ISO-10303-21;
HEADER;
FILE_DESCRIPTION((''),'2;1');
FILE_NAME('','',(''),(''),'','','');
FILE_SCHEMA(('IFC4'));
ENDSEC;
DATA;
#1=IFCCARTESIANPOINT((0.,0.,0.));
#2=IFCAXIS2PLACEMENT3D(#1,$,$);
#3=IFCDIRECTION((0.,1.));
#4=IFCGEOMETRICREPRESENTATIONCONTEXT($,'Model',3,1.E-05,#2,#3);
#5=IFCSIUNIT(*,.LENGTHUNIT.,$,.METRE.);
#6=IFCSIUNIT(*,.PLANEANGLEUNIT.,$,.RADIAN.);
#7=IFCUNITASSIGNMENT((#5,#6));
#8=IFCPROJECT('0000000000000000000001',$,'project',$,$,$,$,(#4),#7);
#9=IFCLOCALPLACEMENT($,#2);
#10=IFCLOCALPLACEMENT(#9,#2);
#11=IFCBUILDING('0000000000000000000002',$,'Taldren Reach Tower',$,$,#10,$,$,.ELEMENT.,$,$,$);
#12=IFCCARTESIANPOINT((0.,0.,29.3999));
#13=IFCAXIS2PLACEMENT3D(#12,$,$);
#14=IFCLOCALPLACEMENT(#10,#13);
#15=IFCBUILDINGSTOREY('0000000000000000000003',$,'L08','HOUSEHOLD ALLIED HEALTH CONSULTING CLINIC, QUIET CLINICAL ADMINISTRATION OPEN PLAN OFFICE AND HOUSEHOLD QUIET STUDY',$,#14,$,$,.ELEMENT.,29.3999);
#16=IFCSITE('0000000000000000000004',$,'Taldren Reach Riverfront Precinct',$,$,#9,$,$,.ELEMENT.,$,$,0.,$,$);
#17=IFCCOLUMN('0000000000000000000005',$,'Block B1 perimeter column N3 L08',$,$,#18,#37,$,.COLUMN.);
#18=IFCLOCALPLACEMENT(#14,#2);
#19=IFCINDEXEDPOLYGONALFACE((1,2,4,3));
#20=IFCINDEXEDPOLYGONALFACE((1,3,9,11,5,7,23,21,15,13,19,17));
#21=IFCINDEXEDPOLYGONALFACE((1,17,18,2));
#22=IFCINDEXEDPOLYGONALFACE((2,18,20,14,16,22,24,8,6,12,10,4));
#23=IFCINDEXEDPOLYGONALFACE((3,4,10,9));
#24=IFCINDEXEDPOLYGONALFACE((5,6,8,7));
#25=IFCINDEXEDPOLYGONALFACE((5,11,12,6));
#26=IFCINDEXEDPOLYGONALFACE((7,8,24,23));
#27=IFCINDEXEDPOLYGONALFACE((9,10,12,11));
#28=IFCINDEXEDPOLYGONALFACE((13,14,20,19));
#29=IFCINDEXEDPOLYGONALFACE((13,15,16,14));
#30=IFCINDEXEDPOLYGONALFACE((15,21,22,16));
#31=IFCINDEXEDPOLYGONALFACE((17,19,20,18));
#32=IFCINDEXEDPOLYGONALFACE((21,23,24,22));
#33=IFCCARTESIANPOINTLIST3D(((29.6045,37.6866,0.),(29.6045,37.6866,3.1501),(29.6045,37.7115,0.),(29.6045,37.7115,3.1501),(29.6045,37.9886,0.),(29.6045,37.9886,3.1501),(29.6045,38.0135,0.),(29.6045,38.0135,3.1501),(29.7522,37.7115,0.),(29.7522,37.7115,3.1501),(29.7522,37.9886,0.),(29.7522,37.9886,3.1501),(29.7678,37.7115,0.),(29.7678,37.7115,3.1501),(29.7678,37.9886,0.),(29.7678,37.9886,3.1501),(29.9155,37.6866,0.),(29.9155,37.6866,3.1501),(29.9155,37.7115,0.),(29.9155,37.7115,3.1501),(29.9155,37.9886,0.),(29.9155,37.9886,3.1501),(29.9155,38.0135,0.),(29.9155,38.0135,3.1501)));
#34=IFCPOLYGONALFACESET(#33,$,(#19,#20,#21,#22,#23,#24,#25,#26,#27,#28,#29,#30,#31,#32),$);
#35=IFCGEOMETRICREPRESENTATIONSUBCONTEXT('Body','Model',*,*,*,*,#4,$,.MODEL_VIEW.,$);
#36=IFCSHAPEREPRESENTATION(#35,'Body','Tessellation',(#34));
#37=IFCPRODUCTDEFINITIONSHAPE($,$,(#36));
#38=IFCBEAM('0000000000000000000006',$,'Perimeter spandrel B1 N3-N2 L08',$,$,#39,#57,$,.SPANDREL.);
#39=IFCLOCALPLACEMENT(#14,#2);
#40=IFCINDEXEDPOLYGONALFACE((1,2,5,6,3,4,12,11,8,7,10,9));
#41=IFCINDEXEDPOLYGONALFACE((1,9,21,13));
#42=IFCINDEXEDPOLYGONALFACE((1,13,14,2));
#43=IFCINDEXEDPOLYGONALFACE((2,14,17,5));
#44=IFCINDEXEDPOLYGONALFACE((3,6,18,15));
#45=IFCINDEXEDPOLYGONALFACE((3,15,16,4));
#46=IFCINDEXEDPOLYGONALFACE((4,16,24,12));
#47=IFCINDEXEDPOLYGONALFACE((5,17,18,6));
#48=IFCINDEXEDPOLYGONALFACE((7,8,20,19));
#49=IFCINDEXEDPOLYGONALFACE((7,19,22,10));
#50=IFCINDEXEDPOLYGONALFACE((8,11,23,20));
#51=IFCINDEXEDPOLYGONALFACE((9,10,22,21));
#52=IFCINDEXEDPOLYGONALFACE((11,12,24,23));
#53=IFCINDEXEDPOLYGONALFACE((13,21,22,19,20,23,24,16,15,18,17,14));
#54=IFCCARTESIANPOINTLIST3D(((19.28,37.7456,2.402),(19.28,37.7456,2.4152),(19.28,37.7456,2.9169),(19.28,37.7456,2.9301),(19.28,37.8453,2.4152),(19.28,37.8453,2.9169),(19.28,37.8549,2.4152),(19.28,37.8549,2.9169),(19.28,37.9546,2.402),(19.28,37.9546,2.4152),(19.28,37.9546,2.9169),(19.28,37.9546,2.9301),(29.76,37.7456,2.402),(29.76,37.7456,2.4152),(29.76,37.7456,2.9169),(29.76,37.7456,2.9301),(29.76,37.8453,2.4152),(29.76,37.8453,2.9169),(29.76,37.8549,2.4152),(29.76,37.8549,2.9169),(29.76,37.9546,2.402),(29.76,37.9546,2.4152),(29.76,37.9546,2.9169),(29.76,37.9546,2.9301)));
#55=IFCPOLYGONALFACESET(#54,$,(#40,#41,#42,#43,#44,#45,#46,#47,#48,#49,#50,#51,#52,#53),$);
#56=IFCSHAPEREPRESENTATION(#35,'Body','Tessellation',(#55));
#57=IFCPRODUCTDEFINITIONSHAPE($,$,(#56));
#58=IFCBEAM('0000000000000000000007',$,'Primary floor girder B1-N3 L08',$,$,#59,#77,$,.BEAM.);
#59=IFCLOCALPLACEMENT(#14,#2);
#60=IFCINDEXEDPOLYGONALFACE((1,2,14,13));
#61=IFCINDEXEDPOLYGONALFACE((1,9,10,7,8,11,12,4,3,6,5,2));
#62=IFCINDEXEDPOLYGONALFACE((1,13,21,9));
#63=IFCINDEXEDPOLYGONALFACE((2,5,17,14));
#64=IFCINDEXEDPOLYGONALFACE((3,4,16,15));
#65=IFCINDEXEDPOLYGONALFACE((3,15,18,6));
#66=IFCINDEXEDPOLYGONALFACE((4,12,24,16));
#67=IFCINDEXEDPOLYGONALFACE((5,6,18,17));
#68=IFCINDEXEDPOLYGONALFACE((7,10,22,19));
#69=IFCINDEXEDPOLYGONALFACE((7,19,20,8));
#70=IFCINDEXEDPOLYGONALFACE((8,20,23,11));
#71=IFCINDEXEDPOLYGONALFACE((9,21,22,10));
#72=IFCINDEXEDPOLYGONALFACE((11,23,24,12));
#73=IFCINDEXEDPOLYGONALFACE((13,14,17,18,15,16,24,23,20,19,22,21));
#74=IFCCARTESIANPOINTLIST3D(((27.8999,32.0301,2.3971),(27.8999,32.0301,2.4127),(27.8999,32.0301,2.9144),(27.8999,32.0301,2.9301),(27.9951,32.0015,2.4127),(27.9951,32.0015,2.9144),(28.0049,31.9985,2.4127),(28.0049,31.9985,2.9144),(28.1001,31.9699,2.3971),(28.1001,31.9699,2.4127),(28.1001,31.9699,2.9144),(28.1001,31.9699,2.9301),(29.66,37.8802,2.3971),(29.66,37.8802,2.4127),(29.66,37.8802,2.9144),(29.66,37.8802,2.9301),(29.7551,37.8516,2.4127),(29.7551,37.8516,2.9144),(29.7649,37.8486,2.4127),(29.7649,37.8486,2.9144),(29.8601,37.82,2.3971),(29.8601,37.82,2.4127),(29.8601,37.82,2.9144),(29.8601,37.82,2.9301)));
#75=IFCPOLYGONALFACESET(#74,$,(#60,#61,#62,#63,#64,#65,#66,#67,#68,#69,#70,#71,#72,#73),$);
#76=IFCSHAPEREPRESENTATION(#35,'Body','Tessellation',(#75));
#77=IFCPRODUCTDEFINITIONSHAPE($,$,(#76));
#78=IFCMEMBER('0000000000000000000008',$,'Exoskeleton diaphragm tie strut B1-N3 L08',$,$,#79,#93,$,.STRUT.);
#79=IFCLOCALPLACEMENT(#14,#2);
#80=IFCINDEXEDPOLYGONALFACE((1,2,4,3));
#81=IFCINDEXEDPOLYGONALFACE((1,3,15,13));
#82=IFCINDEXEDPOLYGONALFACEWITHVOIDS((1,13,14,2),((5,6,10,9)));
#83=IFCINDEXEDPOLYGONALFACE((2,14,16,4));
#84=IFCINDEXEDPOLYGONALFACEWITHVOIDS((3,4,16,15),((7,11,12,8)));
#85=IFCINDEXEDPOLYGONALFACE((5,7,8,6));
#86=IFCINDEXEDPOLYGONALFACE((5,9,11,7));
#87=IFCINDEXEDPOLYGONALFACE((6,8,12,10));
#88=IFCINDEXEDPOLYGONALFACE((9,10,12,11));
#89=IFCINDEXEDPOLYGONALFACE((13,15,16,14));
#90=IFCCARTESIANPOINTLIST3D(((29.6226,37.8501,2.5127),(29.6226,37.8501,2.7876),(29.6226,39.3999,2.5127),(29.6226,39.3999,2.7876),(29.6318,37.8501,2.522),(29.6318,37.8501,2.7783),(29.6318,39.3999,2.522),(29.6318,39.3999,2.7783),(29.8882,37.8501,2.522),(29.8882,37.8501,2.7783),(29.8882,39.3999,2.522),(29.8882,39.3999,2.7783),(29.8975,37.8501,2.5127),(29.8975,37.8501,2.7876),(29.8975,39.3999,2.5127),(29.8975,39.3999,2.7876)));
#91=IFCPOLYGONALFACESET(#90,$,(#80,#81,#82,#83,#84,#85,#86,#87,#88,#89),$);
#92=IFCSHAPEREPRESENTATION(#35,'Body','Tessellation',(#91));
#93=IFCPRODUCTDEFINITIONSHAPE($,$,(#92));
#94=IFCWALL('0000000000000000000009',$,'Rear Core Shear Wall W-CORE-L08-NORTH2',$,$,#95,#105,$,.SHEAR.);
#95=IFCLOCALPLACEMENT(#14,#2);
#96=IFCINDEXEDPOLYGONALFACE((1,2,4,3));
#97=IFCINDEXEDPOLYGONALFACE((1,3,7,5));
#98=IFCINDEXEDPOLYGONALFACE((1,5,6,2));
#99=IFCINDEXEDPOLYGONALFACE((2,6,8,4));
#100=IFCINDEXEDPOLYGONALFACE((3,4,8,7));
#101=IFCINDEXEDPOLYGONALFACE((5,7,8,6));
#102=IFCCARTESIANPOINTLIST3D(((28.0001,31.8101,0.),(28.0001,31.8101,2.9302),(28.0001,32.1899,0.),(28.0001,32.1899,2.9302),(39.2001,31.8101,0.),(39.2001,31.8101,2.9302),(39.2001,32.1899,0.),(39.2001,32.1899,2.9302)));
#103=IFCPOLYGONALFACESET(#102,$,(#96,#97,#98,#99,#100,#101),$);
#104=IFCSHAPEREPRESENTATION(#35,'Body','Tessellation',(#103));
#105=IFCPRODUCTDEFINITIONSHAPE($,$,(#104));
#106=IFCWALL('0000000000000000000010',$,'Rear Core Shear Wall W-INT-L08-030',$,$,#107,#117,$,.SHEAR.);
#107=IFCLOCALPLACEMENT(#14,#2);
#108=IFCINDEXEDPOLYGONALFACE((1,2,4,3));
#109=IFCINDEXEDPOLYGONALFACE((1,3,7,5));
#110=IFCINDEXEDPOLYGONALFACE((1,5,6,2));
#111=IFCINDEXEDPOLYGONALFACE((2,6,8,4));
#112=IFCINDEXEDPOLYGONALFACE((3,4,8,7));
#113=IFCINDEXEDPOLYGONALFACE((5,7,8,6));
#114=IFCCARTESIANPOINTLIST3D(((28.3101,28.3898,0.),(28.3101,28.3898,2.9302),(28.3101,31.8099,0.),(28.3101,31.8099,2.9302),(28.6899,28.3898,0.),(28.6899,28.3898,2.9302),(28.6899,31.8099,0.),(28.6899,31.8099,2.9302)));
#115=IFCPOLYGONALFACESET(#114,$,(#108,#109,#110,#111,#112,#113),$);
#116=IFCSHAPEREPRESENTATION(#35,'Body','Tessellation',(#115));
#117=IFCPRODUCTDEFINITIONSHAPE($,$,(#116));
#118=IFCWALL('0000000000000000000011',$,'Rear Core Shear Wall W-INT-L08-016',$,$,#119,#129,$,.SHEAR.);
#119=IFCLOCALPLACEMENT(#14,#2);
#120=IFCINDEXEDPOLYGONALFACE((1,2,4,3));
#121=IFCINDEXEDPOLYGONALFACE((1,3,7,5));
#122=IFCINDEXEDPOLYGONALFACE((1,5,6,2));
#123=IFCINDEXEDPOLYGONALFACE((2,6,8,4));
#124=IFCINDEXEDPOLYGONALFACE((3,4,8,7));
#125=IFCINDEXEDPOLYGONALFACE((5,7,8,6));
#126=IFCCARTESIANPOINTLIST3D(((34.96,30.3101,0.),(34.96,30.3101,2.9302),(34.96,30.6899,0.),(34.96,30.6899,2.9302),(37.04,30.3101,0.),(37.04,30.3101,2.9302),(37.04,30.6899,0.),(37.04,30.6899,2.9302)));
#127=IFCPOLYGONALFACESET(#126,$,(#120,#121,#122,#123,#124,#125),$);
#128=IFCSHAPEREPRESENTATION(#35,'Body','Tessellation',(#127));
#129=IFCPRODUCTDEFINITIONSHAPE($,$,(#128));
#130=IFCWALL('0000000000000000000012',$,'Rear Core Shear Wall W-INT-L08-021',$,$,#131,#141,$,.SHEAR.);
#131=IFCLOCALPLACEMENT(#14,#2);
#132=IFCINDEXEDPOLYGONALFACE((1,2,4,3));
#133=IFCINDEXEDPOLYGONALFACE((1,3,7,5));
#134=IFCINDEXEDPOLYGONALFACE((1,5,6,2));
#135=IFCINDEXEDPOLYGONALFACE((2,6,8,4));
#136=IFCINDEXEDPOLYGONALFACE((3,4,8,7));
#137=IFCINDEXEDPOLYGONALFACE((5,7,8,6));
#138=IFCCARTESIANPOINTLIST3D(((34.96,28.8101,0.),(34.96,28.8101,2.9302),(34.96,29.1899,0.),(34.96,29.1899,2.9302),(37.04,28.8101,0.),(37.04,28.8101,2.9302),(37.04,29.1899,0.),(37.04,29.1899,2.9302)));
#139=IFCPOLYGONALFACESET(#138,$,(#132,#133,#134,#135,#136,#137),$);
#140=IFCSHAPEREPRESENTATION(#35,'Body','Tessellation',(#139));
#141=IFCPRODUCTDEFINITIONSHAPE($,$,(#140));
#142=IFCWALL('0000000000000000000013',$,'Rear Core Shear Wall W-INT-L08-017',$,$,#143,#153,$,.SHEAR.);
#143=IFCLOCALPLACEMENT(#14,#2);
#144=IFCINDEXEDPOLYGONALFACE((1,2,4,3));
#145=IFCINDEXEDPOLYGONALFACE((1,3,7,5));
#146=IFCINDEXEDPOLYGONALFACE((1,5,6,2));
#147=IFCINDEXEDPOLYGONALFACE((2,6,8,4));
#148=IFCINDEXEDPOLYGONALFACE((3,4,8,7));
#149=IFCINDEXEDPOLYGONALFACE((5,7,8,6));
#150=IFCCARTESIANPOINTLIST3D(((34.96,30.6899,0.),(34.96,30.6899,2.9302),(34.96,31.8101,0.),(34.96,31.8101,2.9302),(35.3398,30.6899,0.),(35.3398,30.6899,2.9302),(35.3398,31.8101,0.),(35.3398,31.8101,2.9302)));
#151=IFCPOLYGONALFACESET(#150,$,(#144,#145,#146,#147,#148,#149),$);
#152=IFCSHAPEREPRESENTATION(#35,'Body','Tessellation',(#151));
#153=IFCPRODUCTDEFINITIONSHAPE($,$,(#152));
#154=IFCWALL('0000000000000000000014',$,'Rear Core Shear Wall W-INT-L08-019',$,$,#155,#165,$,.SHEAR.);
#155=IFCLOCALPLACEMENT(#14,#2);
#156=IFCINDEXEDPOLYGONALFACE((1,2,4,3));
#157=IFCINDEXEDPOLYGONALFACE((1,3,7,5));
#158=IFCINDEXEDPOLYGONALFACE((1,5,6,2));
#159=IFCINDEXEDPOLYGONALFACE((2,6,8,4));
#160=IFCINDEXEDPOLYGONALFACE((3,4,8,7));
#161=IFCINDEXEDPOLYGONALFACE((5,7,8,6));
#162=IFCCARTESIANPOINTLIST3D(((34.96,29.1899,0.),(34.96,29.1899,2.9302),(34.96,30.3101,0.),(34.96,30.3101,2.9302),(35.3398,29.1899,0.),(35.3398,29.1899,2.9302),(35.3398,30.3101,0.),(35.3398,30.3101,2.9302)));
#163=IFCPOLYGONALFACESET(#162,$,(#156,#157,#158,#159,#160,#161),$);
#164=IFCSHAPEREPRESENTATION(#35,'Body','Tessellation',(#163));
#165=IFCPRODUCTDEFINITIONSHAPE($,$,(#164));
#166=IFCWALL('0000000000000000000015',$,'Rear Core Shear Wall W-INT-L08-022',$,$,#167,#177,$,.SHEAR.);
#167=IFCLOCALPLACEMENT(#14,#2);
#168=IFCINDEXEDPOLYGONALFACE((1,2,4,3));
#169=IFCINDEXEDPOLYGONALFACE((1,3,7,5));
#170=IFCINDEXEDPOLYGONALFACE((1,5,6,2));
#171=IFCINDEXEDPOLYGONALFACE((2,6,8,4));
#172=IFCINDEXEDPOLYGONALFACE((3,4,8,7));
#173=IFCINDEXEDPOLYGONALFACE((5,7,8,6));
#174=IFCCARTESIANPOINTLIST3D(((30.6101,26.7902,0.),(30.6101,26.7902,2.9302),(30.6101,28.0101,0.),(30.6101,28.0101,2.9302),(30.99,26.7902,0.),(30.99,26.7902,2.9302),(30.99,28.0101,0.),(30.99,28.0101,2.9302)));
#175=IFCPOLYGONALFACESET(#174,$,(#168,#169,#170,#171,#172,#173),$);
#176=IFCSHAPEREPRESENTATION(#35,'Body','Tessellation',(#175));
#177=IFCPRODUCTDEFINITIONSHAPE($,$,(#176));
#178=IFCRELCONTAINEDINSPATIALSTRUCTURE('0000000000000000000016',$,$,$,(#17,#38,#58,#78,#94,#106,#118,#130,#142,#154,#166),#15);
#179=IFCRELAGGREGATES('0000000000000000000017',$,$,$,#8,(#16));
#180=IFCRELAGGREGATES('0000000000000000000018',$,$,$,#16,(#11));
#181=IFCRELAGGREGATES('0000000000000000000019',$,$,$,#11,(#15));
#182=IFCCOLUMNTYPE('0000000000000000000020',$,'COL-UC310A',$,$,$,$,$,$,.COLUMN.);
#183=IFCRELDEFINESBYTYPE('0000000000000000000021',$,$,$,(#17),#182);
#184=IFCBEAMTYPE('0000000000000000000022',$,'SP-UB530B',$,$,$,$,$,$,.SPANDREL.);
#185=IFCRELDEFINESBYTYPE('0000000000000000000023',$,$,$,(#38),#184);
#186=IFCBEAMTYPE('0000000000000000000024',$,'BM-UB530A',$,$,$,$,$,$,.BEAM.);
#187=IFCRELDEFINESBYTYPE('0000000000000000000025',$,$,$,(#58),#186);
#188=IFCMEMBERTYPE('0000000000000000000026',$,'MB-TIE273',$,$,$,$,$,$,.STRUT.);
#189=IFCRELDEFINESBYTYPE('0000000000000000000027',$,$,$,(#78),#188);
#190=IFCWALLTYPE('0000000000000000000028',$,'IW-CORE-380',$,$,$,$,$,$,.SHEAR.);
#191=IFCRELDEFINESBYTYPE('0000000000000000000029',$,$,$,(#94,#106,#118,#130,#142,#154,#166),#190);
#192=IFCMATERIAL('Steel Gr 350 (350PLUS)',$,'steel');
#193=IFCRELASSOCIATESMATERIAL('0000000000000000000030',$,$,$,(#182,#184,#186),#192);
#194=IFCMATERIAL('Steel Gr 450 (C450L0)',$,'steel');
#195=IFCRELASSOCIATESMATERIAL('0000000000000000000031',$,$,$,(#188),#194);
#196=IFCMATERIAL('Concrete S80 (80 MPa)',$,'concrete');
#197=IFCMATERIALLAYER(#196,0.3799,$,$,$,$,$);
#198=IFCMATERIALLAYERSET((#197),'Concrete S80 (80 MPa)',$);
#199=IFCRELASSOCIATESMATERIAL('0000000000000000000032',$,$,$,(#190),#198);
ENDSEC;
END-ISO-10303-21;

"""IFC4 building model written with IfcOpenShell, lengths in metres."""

from ifc_helpers import new_model, si_unit, direction, frame, frame_2d, origin, origin_2d, place, context, subcontext, project, spatial, rectangle, hollow_rectangle, i_section, extrude, source, transform, mapped, material, layer, layer_set, material_profile, profile_set, type_object, element, save


model = new_model("IFC4")

# Units and contexts
model_context = context("Model", 3, precision=1e-05, world=origin(), true_north=direction((0.0, 1.0)))
body_context = subcontext(model_context, "Body", "Model", "MODEL_VIEW")
ifc_project = project(units=[si_unit("LENGTHUNIT", "METRE"), si_unit("PLANEANGLEUNIT", "RADIAN")], contexts=[model_context])

# Site, building, storey
site_placement = place(None, origin())
site = spatial("IfcSite", under=ifc_project, at=site_placement, Name="Taldren Reach Riverfront Precinct", CompositionType="ELEMENT", RefElevation=0.0)
building_placement = place(site_placement, origin())
building = spatial("IfcBuilding", under=site, at=building_placement, Name="Taldren Reach Tower", CompositionType="ELEMENT")
storey_placement = place(building_placement, frame((0.0, 0.0, 29.3999)))
storey = spatial("IfcBuildingStorey", under=building, at=storey_placement, Name="L08", Description="HOUSEHOLD ALLIED HEALTH CONSULTING CLINIC, QUIET CLINICAL ADMINISTRATION OPEN PLAN OFFICE AND HOUSEHOLD QUIET STUDY", CompositionType="ELEMENT", Elevation=29.3999)

# Column
ifc_material_1 = material(Name="Steel Gr 350 (350PLUS)", Category="steel")
ifc_material_profile_1 = material_profile(ifc_material_1, i_section(OverallWidth=0.311, OverallDepth=0.3269, WebThickness=0.0156, FlangeThickness=0.0249, at=origin_2d()), Name="310UC158")
ifc_profile_set_1 = profile_set([ifc_material_profile_1], Name="Steel Gr 350 (350PLUS)")
column_type = type_object("IfcColumnType", Name="COL-UC310A", PredefinedType="COLUMN", material=ifc_profile_set_1)
shared_shape_1 = source(origin(), body_context, "Body", "SweptSolid", [
    extrude(i_section(OverallWidth=0.311, OverallDepth=0.3269, WebThickness=0.0156, FlangeThickness=0.0249, at=origin_2d()), origin(), (0.0, 0.0, 1.0), 3.1501),
])
column_placement = place(storey_placement, frame((29.76, 37.8501, 0.0), z_axis=(0.0, 0.0, 1.0), x_axis=(1.0, 0.0, 0.0)))
element("IfcColumn", 1, at=column_placement, inside=storey, type_object=column_type, Name="Block B1 perimeter column N3 L08", PredefinedType="COLUMN", context=body_context, shape_type="MappedRepresentation", body=[
    mapped(shared_shape_1, transform((0.0, 0.0, 0.0), scale=1.0)),
])

# Beams
ifc_material_profile_2 = material_profile(ifc_material_1, i_section(OverallWidth=0.209, OverallDepth=0.5281, WebThickness=0.0095, FlangeThickness=0.0132, at=origin_2d()), Name="530UB82.0")
ifc_profile_set_2 = profile_set([ifc_material_profile_2], Name="Steel Gr 350 (350PLUS)")
beam_type_1 = type_object("IfcBeamType", Name="SP-UB530B", PredefinedType="SPANDREL", material=ifc_profile_set_2)
shared_shape_2 = source(origin(), body_context, "Body", "SweptSolid", [
    extrude(i_section(OverallWidth=0.209, OverallDepth=0.5281, WebThickness=0.0095, FlangeThickness=0.0132, at=origin_2d()), origin(), (0.0, 0.0, 1.0), 10.48),
])
beam_1_placement = place(storey_placement, frame((29.76, 37.8501, 2.666), z_axis=(-1.0, 0.0, 0.0), x_axis=(0.0, -1.0, 0.0)))
element("IfcBeam", 2, at=beam_1_placement, inside=storey, type_object=beam_type_1, Name="Perimeter spandrel B1 N3-N2 L08", PredefinedType="SPANDREL", context=body_context, shape_type="MappedRepresentation", body=[
    mapped(shared_shape_2, transform((0.0, 0.0, 0.0), scale=1.0)),
])
ifc_material_profile_3 = material_profile(ifc_material_1, i_section(OverallWidth=0.209, OverallDepth=0.533, WebThickness=0.0103, FlangeThickness=0.0156, at=origin_2d()), Name="530UB92.4")
ifc_profile_set_3 = profile_set([ifc_material_profile_3], Name="Steel Gr 350 (350PLUS)")
beam_type_2 = type_object("IfcBeamType", Name="BM-UB530A", PredefinedType="BEAM", material=ifc_profile_set_3)
shared_shape_3 = source(origin(), body_context, "Body", "SweptSolid", [
    extrude(i_section(OverallWidth=0.209, OverallDepth=0.533, WebThickness=0.0103, FlangeThickness=0.0156, at=origin_2d()), origin(), (0.0, 0.0, 1.0), 6.1091),
])
beam_2_placement = place(storey_placement, frame((28.0, 32.0, 2.6636), z_axis=(0.288096, 0.957602, 0.0), x_axis=(-0.957602, 0.288096, 0.0)))
element("IfcBeam", 3, at=beam_2_placement, inside=storey, type_object=beam_type_2, Name="Primary floor girder B1-N3 L08", PredefinedType="BEAM", context=body_context, shape_type="MappedRepresentation", body=[
    mapped(shared_shape_3, transform((0.0, 0.0, 0.0), scale=1.0)),
])

# Member
ifc_material_2 = material(Name="Steel Gr 450 (C450L0)", Category="steel")
ifc_material_profile_4 = material_profile(ifc_material_2, hollow_rectangle(XDim=0.2749, YDim=0.2749, WallThickness=0.0093, at=origin_2d()), Name="275x275x9.3SHS")
ifc_profile_set_4 = profile_set([ifc_material_profile_4], Name="Steel Gr 450 (C450L0)")
member_type = type_object("IfcMemberType", Name="MB-TIE273", PredefinedType="STRUT", material=ifc_profile_set_4)
shared_shape_4 = source(origin(), body_context, "Body", "SweptSolid", [
    extrude(hollow_rectangle(XDim=0.2749, YDim=0.2749, WallThickness=0.0093, at=origin_2d()), origin(), (0.0, 0.0, 1.0), 1.5498),
])
member_placement = place(storey_placement, frame((29.76, 37.8501, 2.6501), z_axis=(0.0, 1.0, 0.0), x_axis=(-1.0, 0.0, 0.0)))
element("IfcMember", 4, at=member_placement, inside=storey, type_object=member_type, Name="Exoskeleton diaphragm tie strut B1-N3 L08", PredefinedType="STRUT", context=body_context, shape_type="MappedRepresentation", body=[
    mapped(shared_shape_4, transform((0.0, 0.0, 0.0), scale=1.0)),
])

# Walls
ifc_material_3 = material(Name="Concrete S80 (80 MPa)", Category="concrete")
ifc_layer_1 = layer(ifc_material_3, 0.3799)
ifc_layer_set_1 = layer_set([ifc_layer_1], Name="Concrete S80 (80 MPa)")
wall_type_1 = type_object("IfcWallType", Name="IW-CORE-380", PredefinedType="SHEAR", material=ifc_layer_set_1)
shared_shape_5 = source(origin(), body_context, "Body", "SweptSolid", [
    extrude(rectangle(XDim=11.2, YDim=0.3799, at=frame_2d((5.6001, 0.0))), origin(), (0.0, 0.0, 1.0), 2.9302),
])
wall_1_placement = place(storey_placement, frame((28.0, 32.0, 0.0), z_axis=(0.0, 0.0, 1.0), x_axis=(1.0, 0.0, 0.0)))
element("IfcWall", 5, at=wall_1_placement, inside=storey, type_object=wall_type_1, Name="Rear Core Shear Wall W-CORE-L08-NORTH2", PredefinedType="SHEAR", context=body_context, shape_type="MappedRepresentation", body=[
    mapped(shared_shape_5, transform((0.0, 0.0, 0.0), scale=1.0)),
])
shared_shape_6 = source(origin(), body_context, "Body", "SweptSolid", [
    extrude(rectangle(XDim=3.4202, YDim=0.3799, at=frame_2d((1.71, 0.0))), origin(), (0.0, 0.0, 1.0), 2.9302),
])
wall_2_placement = place(storey_placement, frame((28.5, 28.3899, 0.0), z_axis=(0.0, 0.0, 1.0), x_axis=(0.0, 1.0, 0.0)))
element("IfcWall", 6, at=wall_2_placement, inside=storey, type_object=wall_type_1, Name="Rear Core Shear Wall W-INT-L08-030", PredefinedType="SHEAR", context=body_context, shape_type="MappedRepresentation", body=[
    mapped(shared_shape_6, transform((0.0, 0.0, 0.0), scale=1.0)),
])
shared_shape_7 = source(origin(), body_context, "Body", "SweptSolid", [
    extrude(rectangle(XDim=2.0801, YDim=0.3799, at=frame_2d((1.04, 0.0))), origin(), (0.0, 0.0, 1.0), 2.9302),
])
for number, where, z_axis, x_axis, name in (
    (7, (34.96, 30.5, 0.0), (0.0, 0.0, 1.0), (1.0, 0.0, 0.0), "Rear Core Shear Wall W-INT-L08-016"),
    (8, (34.96, 29.0, 0.0), (0.0, 0.0, 1.0), (1.0, 0.0, 0.0), "Rear Core Shear Wall W-INT-L08-021"),
):
    element("IfcWall", number, at=place(storey_placement, frame(where, z_axis=z_axis, x_axis=x_axis)), inside=storey, type_object=wall_type_1, Name=name, PredefinedType="SHEAR", context=body_context, shape_type="MappedRepresentation", body=[
        mapped(shared_shape_7, transform((0.0, 0.0, 0.0), scale=1.0)),
    ])
shared_shape_8 = source(origin(), body_context, "Body", "SweptSolid", [
    extrude(rectangle(XDim=1.1201, YDim=0.3799, at=frame_2d((0.5601, 0.0))), origin(), (0.0, 0.0, 1.0), 2.9302),
])
for number, where, z_axis, x_axis, name in (
    (9, (35.1499, 31.8101, 0.0), (0.0, 0.0, 1.0), (0.0, -1.0, 0.0), "Rear Core Shear Wall W-INT-L08-017"),
    (10, (35.1499, 30.3101, 0.0), (0.0, 0.0, 1.0), (0.0, -1.0, 0.0), "Rear Core Shear Wall W-INT-L08-019"),
):
    element("IfcWall", number, at=place(storey_placement, frame(where, z_axis=z_axis, x_axis=x_axis)), inside=storey, type_object=wall_type_1, Name=name, PredefinedType="SHEAR", context=body_context, shape_type="MappedRepresentation", body=[
        mapped(shared_shape_8, transform((0.0, 0.0, 0.0), scale=1.0)),
    ])
shared_shape_9 = source(origin(), body_context, "Body", "SweptSolid", [
    extrude(rectangle(XDim=1.22, YDim=0.3799, at=frame_2d((0.6099, 0.0))), origin(), (0.0, 0.0, 1.0), 2.9302),
])
wall_3_placement = place(storey_placement, frame((30.8, 28.01, 0.0), z_axis=(0.0, 0.0, 1.0), x_axis=(0.0, -1.0, 0.0)))
element("IfcWall", 11, at=wall_3_placement, inside=storey, type_object=wall_type_1, Name="Rear Core Shear Wall W-INT-L08-022", PredefinedType="SHEAR", context=body_context, shape_type="MappedRepresentation", body=[
    mapped(shared_shape_9, transform((0.0, 0.0, 0.0), scale=1.0)),
])

save(model, "model.ifc")
